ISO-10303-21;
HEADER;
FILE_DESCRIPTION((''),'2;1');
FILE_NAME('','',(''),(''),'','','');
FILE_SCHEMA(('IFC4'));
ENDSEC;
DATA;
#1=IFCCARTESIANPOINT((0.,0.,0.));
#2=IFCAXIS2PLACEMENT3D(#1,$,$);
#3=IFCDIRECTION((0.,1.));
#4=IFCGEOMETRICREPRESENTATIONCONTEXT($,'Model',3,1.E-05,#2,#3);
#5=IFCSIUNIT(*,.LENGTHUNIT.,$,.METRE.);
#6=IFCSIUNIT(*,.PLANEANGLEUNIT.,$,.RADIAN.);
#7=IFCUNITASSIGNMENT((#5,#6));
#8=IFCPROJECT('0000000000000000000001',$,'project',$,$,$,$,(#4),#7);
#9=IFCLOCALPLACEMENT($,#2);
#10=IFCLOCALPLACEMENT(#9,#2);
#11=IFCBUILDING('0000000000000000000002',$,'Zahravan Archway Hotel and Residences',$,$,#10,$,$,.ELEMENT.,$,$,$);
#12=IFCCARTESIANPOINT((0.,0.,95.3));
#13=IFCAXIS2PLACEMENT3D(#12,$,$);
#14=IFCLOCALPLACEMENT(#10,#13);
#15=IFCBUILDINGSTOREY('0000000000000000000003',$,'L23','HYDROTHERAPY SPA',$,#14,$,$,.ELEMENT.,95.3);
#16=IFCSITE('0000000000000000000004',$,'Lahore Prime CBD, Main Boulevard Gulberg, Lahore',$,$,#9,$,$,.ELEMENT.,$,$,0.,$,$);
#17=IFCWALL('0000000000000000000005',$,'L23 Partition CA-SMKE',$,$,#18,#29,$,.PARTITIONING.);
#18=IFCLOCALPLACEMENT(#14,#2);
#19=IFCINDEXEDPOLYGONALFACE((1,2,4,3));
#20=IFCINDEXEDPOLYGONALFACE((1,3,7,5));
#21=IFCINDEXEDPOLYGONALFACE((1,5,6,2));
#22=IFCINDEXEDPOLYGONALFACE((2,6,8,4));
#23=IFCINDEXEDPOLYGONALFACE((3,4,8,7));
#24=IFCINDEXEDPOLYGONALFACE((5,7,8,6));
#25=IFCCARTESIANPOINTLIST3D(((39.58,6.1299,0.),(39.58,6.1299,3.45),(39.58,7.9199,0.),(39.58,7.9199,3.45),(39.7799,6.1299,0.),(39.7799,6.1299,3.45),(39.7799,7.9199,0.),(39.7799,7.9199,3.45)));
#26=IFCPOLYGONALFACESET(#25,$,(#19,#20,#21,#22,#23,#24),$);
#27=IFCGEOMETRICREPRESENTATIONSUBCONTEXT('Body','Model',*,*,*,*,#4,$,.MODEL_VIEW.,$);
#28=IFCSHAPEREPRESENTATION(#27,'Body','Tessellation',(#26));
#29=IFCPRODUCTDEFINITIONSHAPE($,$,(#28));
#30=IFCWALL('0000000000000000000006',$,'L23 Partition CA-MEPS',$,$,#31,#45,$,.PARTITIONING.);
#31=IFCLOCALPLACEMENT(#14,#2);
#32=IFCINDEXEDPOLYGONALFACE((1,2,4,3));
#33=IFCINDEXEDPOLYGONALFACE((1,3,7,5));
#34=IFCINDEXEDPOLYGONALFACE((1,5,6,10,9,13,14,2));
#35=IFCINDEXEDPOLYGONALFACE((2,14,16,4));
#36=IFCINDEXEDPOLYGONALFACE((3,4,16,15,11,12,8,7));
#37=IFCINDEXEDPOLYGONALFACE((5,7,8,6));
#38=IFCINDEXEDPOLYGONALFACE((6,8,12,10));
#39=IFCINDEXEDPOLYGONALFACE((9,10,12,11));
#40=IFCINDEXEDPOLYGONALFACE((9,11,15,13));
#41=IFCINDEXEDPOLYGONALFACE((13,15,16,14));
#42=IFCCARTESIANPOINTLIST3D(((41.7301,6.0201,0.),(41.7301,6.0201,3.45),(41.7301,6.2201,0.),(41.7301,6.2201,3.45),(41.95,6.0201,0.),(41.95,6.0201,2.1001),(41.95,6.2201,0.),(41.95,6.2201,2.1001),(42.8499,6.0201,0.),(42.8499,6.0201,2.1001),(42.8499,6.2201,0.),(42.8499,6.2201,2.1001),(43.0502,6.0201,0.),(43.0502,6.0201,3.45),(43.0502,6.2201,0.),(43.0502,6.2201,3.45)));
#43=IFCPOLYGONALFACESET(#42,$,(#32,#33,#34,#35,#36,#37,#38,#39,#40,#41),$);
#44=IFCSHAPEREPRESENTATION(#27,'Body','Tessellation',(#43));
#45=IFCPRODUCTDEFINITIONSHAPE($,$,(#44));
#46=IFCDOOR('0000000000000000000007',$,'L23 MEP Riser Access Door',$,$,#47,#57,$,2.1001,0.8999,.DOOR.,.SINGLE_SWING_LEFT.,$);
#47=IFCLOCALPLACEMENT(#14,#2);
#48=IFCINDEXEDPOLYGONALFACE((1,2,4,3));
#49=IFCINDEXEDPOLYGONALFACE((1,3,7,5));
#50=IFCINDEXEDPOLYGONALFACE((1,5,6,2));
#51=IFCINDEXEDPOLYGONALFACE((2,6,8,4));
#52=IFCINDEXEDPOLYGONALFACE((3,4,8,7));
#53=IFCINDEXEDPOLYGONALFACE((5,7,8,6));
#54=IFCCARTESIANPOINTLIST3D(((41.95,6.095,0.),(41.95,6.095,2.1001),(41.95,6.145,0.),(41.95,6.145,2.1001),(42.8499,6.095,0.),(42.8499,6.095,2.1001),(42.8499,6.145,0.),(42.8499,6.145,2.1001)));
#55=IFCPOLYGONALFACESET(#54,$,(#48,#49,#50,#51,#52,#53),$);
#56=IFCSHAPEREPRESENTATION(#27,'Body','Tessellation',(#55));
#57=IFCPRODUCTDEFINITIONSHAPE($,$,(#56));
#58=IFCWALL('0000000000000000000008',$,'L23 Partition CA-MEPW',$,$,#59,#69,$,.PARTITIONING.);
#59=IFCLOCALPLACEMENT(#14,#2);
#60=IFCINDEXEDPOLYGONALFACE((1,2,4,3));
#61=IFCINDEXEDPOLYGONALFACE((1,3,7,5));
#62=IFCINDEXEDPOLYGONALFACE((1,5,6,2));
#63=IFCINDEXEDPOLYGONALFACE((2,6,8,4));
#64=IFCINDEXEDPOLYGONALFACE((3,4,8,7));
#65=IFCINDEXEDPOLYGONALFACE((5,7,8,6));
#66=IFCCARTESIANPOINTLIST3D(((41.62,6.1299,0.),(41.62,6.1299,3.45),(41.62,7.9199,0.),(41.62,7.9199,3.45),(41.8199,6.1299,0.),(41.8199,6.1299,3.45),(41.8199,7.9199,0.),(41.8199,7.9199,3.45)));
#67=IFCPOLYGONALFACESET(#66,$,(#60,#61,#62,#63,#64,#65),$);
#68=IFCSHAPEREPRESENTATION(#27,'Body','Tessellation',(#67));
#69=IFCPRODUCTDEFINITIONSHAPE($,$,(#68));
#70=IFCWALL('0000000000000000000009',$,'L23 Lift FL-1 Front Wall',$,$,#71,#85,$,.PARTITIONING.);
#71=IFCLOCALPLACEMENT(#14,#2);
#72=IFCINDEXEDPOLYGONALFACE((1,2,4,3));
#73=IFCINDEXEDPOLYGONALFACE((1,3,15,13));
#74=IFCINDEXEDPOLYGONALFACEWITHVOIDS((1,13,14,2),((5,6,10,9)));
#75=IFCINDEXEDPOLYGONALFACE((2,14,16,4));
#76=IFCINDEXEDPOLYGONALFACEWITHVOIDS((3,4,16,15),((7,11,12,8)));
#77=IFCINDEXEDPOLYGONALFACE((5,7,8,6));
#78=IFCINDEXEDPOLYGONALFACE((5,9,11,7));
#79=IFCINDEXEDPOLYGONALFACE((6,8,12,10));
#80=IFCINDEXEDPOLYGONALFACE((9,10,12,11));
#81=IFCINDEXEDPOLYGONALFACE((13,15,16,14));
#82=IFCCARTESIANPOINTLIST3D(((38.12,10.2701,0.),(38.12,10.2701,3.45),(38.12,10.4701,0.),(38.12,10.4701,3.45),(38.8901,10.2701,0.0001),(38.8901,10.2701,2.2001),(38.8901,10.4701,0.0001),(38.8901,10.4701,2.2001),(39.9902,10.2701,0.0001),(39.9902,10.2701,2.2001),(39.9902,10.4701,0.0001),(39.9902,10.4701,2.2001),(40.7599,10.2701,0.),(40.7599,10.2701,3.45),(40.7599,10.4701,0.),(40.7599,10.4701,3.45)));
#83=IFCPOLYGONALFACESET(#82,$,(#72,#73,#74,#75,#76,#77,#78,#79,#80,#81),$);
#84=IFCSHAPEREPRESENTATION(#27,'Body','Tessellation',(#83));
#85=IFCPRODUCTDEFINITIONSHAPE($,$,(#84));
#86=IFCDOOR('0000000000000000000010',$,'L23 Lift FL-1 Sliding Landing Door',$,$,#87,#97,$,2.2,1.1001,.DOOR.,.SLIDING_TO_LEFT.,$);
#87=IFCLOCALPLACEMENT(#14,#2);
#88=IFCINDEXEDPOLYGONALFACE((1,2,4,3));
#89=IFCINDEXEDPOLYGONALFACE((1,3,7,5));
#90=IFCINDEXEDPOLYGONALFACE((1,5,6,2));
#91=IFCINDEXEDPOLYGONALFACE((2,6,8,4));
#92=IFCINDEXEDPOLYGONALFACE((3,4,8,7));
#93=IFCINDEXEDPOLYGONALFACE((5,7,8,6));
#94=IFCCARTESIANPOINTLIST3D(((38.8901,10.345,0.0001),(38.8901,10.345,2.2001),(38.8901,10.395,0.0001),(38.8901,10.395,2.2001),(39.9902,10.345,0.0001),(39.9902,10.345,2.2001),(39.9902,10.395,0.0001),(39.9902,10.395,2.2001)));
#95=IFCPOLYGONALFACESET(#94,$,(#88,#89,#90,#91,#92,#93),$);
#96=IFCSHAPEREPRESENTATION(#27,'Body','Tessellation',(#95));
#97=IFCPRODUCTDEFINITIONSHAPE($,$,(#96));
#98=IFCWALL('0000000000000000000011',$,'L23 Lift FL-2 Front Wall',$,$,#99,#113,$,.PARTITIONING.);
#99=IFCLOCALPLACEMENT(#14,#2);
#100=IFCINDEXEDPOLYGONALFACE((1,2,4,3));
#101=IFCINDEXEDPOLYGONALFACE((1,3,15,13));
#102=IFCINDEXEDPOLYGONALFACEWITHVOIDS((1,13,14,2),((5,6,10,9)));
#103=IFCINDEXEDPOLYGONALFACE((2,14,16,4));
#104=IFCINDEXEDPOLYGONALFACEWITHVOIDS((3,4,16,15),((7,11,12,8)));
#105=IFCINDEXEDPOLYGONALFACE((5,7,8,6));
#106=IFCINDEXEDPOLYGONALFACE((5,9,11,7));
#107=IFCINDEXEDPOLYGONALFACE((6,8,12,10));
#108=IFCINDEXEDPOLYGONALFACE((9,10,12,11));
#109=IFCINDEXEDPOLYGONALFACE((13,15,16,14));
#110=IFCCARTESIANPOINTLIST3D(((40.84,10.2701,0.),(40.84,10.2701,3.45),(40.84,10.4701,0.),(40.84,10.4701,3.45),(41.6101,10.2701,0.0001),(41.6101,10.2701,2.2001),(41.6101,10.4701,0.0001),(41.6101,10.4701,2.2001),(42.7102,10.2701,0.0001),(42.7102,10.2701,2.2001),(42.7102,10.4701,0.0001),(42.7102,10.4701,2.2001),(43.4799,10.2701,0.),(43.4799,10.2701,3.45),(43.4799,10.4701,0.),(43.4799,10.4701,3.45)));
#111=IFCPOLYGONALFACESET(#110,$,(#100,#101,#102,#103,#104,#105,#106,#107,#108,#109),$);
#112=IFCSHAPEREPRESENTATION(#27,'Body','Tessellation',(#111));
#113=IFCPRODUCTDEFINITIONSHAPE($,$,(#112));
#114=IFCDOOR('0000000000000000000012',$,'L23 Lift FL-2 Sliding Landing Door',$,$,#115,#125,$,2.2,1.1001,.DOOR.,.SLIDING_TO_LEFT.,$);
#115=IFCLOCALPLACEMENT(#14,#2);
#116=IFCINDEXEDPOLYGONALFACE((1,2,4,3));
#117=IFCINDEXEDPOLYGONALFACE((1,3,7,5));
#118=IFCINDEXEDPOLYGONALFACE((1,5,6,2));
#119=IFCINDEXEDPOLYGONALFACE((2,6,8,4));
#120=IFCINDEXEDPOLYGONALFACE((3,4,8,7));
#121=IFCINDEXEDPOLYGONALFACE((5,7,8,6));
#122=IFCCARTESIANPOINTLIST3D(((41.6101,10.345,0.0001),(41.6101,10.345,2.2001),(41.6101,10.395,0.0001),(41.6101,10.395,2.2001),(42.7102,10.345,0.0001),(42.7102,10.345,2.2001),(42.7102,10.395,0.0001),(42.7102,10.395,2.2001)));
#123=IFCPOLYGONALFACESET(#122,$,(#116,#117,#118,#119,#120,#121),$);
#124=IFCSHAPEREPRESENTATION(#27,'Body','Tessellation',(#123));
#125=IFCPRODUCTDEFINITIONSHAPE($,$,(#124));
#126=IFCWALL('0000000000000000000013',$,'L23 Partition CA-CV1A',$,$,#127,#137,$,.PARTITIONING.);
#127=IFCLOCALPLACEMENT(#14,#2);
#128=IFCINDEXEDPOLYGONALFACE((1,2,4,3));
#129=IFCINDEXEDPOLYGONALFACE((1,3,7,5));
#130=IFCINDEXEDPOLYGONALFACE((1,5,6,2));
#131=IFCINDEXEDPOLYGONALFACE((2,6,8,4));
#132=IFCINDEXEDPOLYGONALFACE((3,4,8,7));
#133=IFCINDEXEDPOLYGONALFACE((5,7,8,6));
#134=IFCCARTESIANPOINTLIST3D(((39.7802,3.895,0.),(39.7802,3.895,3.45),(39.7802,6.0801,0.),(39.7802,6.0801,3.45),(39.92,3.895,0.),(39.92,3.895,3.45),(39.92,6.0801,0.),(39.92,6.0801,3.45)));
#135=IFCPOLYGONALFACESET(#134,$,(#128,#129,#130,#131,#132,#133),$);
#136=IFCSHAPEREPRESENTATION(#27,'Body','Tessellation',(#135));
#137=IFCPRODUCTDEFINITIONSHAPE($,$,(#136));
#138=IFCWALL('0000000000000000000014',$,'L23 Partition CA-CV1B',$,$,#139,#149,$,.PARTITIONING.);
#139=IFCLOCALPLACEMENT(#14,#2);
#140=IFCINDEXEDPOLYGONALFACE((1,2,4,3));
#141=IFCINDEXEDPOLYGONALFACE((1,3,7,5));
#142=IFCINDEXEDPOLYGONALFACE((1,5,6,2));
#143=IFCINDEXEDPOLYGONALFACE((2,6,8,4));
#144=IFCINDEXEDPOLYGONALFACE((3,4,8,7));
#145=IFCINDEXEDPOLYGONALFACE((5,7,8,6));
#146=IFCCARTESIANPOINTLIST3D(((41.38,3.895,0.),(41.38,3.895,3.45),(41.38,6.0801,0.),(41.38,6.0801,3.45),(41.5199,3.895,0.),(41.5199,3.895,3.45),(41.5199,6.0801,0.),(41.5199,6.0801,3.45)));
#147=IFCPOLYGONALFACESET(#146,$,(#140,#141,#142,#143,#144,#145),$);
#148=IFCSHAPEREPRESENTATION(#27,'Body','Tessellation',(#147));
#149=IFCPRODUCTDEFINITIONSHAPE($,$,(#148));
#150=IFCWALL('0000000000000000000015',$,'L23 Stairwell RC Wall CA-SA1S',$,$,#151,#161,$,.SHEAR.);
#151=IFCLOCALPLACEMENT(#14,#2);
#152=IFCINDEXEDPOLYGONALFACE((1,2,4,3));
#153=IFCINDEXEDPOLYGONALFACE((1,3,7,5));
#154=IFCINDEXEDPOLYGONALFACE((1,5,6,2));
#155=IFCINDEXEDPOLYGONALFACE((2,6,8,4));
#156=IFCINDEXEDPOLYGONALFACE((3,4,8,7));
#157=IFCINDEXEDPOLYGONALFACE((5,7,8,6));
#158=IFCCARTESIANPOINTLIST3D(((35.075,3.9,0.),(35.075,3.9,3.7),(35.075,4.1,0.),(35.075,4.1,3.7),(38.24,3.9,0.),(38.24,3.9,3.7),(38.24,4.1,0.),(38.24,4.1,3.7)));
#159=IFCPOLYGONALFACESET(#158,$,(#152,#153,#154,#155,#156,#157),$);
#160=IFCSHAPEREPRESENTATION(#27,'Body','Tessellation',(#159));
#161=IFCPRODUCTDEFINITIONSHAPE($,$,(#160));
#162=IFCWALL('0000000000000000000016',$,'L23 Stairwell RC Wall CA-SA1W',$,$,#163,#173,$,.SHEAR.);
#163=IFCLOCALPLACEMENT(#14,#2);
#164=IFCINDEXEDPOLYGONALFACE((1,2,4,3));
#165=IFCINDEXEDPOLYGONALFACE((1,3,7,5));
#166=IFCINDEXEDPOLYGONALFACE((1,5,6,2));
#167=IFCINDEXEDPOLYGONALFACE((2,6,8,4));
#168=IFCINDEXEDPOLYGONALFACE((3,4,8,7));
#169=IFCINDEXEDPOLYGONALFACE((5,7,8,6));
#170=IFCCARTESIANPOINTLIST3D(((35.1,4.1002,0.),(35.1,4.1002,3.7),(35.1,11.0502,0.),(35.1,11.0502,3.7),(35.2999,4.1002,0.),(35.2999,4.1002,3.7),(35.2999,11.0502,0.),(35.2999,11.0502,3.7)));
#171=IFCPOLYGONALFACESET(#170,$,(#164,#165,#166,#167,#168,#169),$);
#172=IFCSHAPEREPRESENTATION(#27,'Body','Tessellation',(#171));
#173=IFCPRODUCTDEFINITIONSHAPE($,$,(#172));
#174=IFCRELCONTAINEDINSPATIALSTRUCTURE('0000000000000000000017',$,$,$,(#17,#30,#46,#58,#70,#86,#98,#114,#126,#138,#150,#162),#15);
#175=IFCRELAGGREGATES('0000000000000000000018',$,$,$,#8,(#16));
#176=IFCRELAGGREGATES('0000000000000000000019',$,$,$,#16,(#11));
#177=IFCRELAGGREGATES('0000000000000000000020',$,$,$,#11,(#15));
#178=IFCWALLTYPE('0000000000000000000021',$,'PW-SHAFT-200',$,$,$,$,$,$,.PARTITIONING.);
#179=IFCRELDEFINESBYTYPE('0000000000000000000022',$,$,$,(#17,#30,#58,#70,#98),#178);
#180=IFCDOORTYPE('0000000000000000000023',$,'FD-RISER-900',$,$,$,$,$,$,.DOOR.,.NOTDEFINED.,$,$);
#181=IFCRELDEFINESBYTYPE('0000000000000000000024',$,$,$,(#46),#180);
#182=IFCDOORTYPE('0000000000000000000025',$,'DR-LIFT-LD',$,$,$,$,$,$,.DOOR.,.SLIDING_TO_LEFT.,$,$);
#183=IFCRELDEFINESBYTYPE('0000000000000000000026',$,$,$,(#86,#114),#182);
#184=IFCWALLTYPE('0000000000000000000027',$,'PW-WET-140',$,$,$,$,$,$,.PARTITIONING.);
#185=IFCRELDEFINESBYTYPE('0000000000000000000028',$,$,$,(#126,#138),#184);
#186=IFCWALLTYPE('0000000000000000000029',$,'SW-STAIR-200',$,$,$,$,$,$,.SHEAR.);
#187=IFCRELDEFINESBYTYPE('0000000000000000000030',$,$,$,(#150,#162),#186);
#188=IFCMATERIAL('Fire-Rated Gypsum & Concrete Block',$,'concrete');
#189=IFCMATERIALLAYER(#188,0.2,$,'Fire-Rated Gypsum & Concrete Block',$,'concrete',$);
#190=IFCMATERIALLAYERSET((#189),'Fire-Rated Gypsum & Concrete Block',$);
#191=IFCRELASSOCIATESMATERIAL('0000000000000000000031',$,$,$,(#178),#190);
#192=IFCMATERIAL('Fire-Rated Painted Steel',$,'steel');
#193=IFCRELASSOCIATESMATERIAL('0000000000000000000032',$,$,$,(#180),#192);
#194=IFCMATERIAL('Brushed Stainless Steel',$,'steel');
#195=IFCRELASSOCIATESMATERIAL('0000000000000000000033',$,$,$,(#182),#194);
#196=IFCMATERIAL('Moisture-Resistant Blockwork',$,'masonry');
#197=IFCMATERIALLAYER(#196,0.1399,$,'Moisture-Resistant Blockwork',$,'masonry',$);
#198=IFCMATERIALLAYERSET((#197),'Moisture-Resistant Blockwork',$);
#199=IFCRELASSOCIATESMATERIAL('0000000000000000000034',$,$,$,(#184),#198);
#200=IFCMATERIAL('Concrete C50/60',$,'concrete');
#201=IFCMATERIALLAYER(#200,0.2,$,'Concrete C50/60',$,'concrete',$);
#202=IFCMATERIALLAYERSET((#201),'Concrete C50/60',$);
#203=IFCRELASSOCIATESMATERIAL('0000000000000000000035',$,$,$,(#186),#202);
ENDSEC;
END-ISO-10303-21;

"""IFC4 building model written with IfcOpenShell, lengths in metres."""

from ifc_helpers import new_model, si_unit, direction, frame, frame_2d, origin, place, context, subcontext, project, spatial, rectangle, extrude, source, transform, mapped, material, layer, layer_set, type_object, type_shapes, element, fill, save


model = new_model("IFC4")

# Units and contexts
model_context = context("Model", 3, precision=1e-05, world=origin(), true_north=direction((0.0, 1.0)))
body_context = subcontext(model_context, "Body", "Model", "MODEL_VIEW")
ifc_project = project(units=[si_unit("LENGTHUNIT", "METRE"), si_unit("PLANEANGLEUNIT", "RADIAN")], contexts=[model_context])

# Site, building, storey
site_placement = place(None, origin())
site = spatial("IfcSite", under=ifc_project, at=site_placement, Name="Lahore Prime CBD, Main Boulevard Gulberg, Lahore", CompositionType="ELEMENT", RefElevation=0.0)
building_placement = place(site_placement, origin())
building = spatial("IfcBuilding", under=site, at=building_placement, Name="Zahravan Archway Hotel and Residences", CompositionType="ELEMENT")
storey_placement = place(building_placement, frame((0.0, 0.0, 95.3)))
storey = spatial("IfcBuildingStorey", under=building, at=storey_placement, Name="L23", Description="HYDROTHERAPY SPA", CompositionType="ELEMENT", Elevation=95.3)

# Shared definitions
ifc_material_1 = material(Name="Fire-Rated Gypsum & Concrete Block", Category="concrete")
ifc_layer_1 = layer(ifc_material_1, 0.2, Name="Fire-Rated Gypsum & Concrete Block", Category="concrete")
ifc_layer_set_1 = layer_set([ifc_layer_1], Name="Fire-Rated Gypsum & Concrete Block")
wall_type_1 = type_object("IfcWallType", Name="PW-SHAFT-200", PredefinedType="PARTITIONING", material=ifc_layer_set_1)

# Shared definitions
ifc_material_2 = material(Name="Fire-Rated Painted Steel", Category="steel")
door_type_1 = type_object("IfcDoorType", Name="FD-RISER-900", OperationType="NOTDEFINED", PredefinedType="DOOR", material=ifc_material_2)
shared_shape_1 = source(origin(), body_context, "Body", "SweptSolid", [
    extrude(rectangle(XDim=0.8999, YDim=2.1001, at=frame_2d((0.45, 1.05))), frame((0.0, 0.0249, 0.0), z_axis=(0.0, -1.0, 0.0), x_axis=(1.0, 0.0, 0.0)), (0.0, 0.0, 1.0), 0.05),
])
type_shapes(door_type_1, [shared_shape_1])

# Wall
wall_1_placement = place(storey_placement, frame((39.6799, 6.1299, 0.0), z_axis=(0.0, 0.0, 1.0), x_axis=(0.0, 1.0, 0.0)))
element("IfcWall", 1, at=wall_1_placement, inside=storey, type_object=wall_type_1, Name="L23 Partition CA-SMKE", PredefinedType="PARTITIONING", context=body_context, shape_type="SweptSolid", body=[
    extrude(rectangle(XDim=1.79, YDim=0.2, at=frame_2d((0.895, 0.0))), origin(), (0.0, 0.0, 1.0), 3.45),
])

# Wall, opening, door
wall_2_placement = place(storey_placement, frame((41.73, 6.1201, 0.0), z_axis=(0.0, 0.0, 1.0), x_axis=(1.0, 0.0, 0.0)))
wall_2 = element("IfcWall", 2, at=wall_2_placement, inside=storey, type_object=wall_type_1, Name="L23 Partition CA-MEPS", PredefinedType="PARTITIONING", context=body_context, shape_type="SweptSolid", body=[
    extrude(rectangle(XDim=1.3201, YDim=0.2, at=frame_2d((0.6602, 0.0))), origin(), (0.0, 0.0, 1.0), 3.45),
])
opening_1_placement = place(wall_2_placement, frame((0.22, 0.0, 0.0)))
opening_1 = element("IfcOpeningElement", 3, at=opening_1_placement, cuts=wall_2, PredefinedType="OPENING", context=body_context, shape_type="SweptSolid", body=[
    extrude(rectangle(XDim=0.8999, YDim=2.1001, at=frame_2d((0.45, 1.05))), frame((0.0, 0.1099, 0.0), z_axis=(0.0, -1.0, 0.0), x_axis=(1.0, 0.0, 0.0)), (0.0, 0.0, 1.0), 0.22),
])
door_1_placement = place(opening_1_placement, origin())
door_1 = element("IfcDoor", 4, at=door_1_placement, inside=storey, type_object=door_type_1, Name="L23 MEP Riser Access Door", OperationType="SINGLE_SWING_LEFT", OverallHeight=2.1001, OverallWidth=0.8999, PredefinedType="DOOR", context=body_context, shape_type="MappedRepresentation", body=[
    mapped(shared_shape_1, transform((0.0, 0.0, 0.0), scale=1.0)),
])
fill(opening_1, door_1)

# Wall
wall_3_placement = place(storey_placement, frame((41.72, 6.1299, 0.0), z_axis=(0.0, 0.0, 1.0), x_axis=(0.0, 1.0, 0.0)))
element("IfcWall", 5, at=wall_3_placement, inside=storey, type_object=wall_type_1, Name="L23 Partition CA-MEPW", PredefinedType="PARTITIONING", context=body_context, shape_type="SweptSolid", body=[
    extrude(rectangle(XDim=1.79, YDim=0.2, at=frame_2d((0.895, 0.0))), origin(), (0.0, 0.0, 1.0), 3.45),
])

# Walls, openings, doors
wall_4_placement = place(storey_placement, frame((38.1201, 10.3701, 0.0), z_axis=(0.0, 0.0, 1.0), x_axis=(1.0, 0.0, 0.0)))
wall_4 = element("IfcWall", 6, at=wall_4_placement, inside=storey, type_object=wall_type_1, Name="L23 Lift FL-1 Front Wall", PredefinedType="PARTITIONING", context=body_context, shape_type="SweptSolid", body=[
    extrude(rectangle(XDim=2.6399, YDim=0.2, at=frame_2d((1.3198, 0.0))), origin(), (0.0, 0.0, 1.0), 3.45),
])
opening_2_placement = place(wall_4_placement, frame((0.77, 0.0, 0.0)))
opening_2 = element("IfcOpeningElement", 7, at=opening_2_placement, cuts=wall_4, PredefinedType="OPENING", context=body_context, shape_type="SweptSolid", body=[
    extrude(rectangle(XDim=1.1001, YDim=2.2, at=frame_2d((0.55, 1.1001))), frame((0.0, 0.1099, 0.0), z_axis=(0.0, -1.0, 0.0), x_axis=(1.0, 0.0, 0.0)), (0.0, 0.0, 1.0), 0.22),
])
ifc_material_3 = material(Name="Brushed Stainless Steel", Category="steel")
door_type_2 = type_object("IfcDoorType", Name="DR-LIFT-LD", OperationType="SLIDING_TO_LEFT", PredefinedType="DOOR", material=ifc_material_3)
shared_shape_2 = source(origin(), body_context, "Body", "SweptSolid", [
    extrude(rectangle(XDim=1.1001, YDim=2.2, at=frame_2d((0.55, 1.1001))), frame((0.0, 0.0249, 0.0), z_axis=(0.0, -1.0, 0.0), x_axis=(1.0, 0.0, 0.0)), (0.0, 0.0, 1.0), 0.05),
])
type_shapes(door_type_2, [shared_shape_2])
door_2_placement = place(opening_2_placement, origin())
door_2 = element("IfcDoor", 8, at=door_2_placement, inside=storey, type_object=door_type_2, Name="L23 Lift FL-1 Sliding Landing Door", OperationType="SLIDING_TO_LEFT", OverallHeight=2.2, OverallWidth=1.1001, PredefinedType="DOOR", context=body_context, shape_type="MappedRepresentation", body=[
    mapped(shared_shape_2, transform((0.0, 0.0, 0.0), scale=1.0)),
])
fill(opening_2, door_2)
wall_5_placement = place(storey_placement, frame((40.8401, 10.3701, 0.0), z_axis=(0.0, 0.0, 1.0), x_axis=(1.0, 0.0, 0.0)))
wall_5 = element("IfcWall", 9, at=wall_5_placement, inside=storey, type_object=wall_type_1, Name="L23 Lift FL-2 Front Wall", PredefinedType="PARTITIONING", context=body_context, shape_type="SweptSolid", body=[
    extrude(rectangle(XDim=2.6399, YDim=0.2, at=frame_2d((1.3198, 0.0))), origin(), (0.0, 0.0, 1.0), 3.45),
])
opening_3_placement = place(wall_5_placement, frame((0.77, 0.0, 0.0)))
opening_3 = element("IfcOpeningElement", 10, at=opening_3_placement, cuts=wall_5, PredefinedType="OPENING", context=body_context, shape_type="SweptSolid", body=[
    extrude(rectangle(XDim=1.1001, YDim=2.2, at=frame_2d((0.55, 1.1001))), frame((0.0, 0.1099, 0.0), z_axis=(0.0, -1.0, 0.0), x_axis=(1.0, 0.0, 0.0)), (0.0, 0.0, 1.0), 0.22),
])
door_3_placement = place(opening_3_placement, origin())
door_3 = element("IfcDoor", 11, at=door_3_placement, inside=storey, type_object=door_type_2, Name="L23 Lift FL-2 Sliding Landing Door", OperationType="SLIDING_TO_LEFT", OverallHeight=2.2, OverallWidth=1.1001, PredefinedType="DOOR", context=body_context, shape_type="MappedRepresentation", body=[
    mapped(shared_shape_2, transform((0.0, 0.0, 0.0), scale=1.0)),
])
fill(opening_3, door_3)

# Walls
ifc_material_4 = material(Name="Moisture-Resistant Blockwork", Category="masonry")
ifc_layer_2 = layer(ifc_material_4, 0.1399, Name="Moisture-Resistant Blockwork", Category="masonry")
ifc_layer_set_2 = layer_set([ifc_layer_2], Name="Moisture-Resistant Blockwork")
wall_type_2 = type_object("IfcWallType", Name="PW-WET-140", PredefinedType="PARTITIONING", material=ifc_layer_set_2)
for number, where, z_axis, x_axis, name in (
    (12, (39.8501, 3.895, 0.0), (0.0, 0.0, 1.0), (0.0, 1.0, 0.0), "L23 Partition CA-CV1A"),
    (13, (41.45, 3.895, 0.0), (0.0, 0.0, 1.0), (0.0, 1.0, 0.0), "L23 Partition CA-CV1B"),
):
    element("IfcWall", number, at=place(storey_placement, frame(where, z_axis=z_axis, x_axis=x_axis)), inside=storey, type_object=wall_type_2, Name=name, PredefinedType="PARTITIONING", context=body_context, shape_type="SweptSolid", body=[
        extrude(rectangle(XDim=2.1851, YDim=0.1399, at=frame_2d((1.0925, 0.0))), origin(), (0.0, 0.0, 1.0), 3.45),
    ])
ifc_material_5 = material(Name="Concrete C50/60", Category="concrete")
ifc_layer_3 = layer(ifc_material_5, 0.2, Name="Concrete C50/60", Category="concrete")
ifc_layer_set_3 = layer_set([ifc_layer_3], Name="Concrete C50/60")
wall_type_3 = type_object("IfcWallType", Name="SW-STAIR-200", PredefinedType="SHEAR", material=ifc_layer_set_3)
wall_6_placement = place(storey_placement, frame((35.075, 4.0, 0.0), z_axis=(0.0, 0.0, 1.0), x_axis=(1.0, 0.0, 0.0)))
element("IfcWall", 14, at=wall_6_placement, inside=storey, type_object=wall_type_3, Name="L23 Stairwell RC Wall CA-SA1S", PredefinedType="SHEAR", context=body_context, shape_type="SweptSolid", body=[
    extrude(rectangle(XDim=3.165, YDim=0.2, at=frame_2d((1.5825, 0.0))), origin(), (0.0, 0.0, 1.0), 3.7),
])
for number, where, z_axis, x_axis, name in (
    (15, (35.2, 4.1001, 0.0), (0.0, 0.0, 1.0), (0.0, 1.0, 0.0), "L23 Stairwell RC Wall CA-SA1W"),
):
    element("IfcWall", number, at=place(storey_placement, frame(where, z_axis=z_axis, x_axis=x_axis)), inside=storey, type_object=wall_type_3, Name=name, PredefinedType="SHEAR", context=body_context, shape_type="SweptSolid", body=[
        extrude(rectangle(XDim=6.95, YDim=0.2, at=frame_2d((3.4751, 0.0))), origin(), (0.0, 0.0, 1.0), 3.7),
    ])

save(model, "model.ifc")
